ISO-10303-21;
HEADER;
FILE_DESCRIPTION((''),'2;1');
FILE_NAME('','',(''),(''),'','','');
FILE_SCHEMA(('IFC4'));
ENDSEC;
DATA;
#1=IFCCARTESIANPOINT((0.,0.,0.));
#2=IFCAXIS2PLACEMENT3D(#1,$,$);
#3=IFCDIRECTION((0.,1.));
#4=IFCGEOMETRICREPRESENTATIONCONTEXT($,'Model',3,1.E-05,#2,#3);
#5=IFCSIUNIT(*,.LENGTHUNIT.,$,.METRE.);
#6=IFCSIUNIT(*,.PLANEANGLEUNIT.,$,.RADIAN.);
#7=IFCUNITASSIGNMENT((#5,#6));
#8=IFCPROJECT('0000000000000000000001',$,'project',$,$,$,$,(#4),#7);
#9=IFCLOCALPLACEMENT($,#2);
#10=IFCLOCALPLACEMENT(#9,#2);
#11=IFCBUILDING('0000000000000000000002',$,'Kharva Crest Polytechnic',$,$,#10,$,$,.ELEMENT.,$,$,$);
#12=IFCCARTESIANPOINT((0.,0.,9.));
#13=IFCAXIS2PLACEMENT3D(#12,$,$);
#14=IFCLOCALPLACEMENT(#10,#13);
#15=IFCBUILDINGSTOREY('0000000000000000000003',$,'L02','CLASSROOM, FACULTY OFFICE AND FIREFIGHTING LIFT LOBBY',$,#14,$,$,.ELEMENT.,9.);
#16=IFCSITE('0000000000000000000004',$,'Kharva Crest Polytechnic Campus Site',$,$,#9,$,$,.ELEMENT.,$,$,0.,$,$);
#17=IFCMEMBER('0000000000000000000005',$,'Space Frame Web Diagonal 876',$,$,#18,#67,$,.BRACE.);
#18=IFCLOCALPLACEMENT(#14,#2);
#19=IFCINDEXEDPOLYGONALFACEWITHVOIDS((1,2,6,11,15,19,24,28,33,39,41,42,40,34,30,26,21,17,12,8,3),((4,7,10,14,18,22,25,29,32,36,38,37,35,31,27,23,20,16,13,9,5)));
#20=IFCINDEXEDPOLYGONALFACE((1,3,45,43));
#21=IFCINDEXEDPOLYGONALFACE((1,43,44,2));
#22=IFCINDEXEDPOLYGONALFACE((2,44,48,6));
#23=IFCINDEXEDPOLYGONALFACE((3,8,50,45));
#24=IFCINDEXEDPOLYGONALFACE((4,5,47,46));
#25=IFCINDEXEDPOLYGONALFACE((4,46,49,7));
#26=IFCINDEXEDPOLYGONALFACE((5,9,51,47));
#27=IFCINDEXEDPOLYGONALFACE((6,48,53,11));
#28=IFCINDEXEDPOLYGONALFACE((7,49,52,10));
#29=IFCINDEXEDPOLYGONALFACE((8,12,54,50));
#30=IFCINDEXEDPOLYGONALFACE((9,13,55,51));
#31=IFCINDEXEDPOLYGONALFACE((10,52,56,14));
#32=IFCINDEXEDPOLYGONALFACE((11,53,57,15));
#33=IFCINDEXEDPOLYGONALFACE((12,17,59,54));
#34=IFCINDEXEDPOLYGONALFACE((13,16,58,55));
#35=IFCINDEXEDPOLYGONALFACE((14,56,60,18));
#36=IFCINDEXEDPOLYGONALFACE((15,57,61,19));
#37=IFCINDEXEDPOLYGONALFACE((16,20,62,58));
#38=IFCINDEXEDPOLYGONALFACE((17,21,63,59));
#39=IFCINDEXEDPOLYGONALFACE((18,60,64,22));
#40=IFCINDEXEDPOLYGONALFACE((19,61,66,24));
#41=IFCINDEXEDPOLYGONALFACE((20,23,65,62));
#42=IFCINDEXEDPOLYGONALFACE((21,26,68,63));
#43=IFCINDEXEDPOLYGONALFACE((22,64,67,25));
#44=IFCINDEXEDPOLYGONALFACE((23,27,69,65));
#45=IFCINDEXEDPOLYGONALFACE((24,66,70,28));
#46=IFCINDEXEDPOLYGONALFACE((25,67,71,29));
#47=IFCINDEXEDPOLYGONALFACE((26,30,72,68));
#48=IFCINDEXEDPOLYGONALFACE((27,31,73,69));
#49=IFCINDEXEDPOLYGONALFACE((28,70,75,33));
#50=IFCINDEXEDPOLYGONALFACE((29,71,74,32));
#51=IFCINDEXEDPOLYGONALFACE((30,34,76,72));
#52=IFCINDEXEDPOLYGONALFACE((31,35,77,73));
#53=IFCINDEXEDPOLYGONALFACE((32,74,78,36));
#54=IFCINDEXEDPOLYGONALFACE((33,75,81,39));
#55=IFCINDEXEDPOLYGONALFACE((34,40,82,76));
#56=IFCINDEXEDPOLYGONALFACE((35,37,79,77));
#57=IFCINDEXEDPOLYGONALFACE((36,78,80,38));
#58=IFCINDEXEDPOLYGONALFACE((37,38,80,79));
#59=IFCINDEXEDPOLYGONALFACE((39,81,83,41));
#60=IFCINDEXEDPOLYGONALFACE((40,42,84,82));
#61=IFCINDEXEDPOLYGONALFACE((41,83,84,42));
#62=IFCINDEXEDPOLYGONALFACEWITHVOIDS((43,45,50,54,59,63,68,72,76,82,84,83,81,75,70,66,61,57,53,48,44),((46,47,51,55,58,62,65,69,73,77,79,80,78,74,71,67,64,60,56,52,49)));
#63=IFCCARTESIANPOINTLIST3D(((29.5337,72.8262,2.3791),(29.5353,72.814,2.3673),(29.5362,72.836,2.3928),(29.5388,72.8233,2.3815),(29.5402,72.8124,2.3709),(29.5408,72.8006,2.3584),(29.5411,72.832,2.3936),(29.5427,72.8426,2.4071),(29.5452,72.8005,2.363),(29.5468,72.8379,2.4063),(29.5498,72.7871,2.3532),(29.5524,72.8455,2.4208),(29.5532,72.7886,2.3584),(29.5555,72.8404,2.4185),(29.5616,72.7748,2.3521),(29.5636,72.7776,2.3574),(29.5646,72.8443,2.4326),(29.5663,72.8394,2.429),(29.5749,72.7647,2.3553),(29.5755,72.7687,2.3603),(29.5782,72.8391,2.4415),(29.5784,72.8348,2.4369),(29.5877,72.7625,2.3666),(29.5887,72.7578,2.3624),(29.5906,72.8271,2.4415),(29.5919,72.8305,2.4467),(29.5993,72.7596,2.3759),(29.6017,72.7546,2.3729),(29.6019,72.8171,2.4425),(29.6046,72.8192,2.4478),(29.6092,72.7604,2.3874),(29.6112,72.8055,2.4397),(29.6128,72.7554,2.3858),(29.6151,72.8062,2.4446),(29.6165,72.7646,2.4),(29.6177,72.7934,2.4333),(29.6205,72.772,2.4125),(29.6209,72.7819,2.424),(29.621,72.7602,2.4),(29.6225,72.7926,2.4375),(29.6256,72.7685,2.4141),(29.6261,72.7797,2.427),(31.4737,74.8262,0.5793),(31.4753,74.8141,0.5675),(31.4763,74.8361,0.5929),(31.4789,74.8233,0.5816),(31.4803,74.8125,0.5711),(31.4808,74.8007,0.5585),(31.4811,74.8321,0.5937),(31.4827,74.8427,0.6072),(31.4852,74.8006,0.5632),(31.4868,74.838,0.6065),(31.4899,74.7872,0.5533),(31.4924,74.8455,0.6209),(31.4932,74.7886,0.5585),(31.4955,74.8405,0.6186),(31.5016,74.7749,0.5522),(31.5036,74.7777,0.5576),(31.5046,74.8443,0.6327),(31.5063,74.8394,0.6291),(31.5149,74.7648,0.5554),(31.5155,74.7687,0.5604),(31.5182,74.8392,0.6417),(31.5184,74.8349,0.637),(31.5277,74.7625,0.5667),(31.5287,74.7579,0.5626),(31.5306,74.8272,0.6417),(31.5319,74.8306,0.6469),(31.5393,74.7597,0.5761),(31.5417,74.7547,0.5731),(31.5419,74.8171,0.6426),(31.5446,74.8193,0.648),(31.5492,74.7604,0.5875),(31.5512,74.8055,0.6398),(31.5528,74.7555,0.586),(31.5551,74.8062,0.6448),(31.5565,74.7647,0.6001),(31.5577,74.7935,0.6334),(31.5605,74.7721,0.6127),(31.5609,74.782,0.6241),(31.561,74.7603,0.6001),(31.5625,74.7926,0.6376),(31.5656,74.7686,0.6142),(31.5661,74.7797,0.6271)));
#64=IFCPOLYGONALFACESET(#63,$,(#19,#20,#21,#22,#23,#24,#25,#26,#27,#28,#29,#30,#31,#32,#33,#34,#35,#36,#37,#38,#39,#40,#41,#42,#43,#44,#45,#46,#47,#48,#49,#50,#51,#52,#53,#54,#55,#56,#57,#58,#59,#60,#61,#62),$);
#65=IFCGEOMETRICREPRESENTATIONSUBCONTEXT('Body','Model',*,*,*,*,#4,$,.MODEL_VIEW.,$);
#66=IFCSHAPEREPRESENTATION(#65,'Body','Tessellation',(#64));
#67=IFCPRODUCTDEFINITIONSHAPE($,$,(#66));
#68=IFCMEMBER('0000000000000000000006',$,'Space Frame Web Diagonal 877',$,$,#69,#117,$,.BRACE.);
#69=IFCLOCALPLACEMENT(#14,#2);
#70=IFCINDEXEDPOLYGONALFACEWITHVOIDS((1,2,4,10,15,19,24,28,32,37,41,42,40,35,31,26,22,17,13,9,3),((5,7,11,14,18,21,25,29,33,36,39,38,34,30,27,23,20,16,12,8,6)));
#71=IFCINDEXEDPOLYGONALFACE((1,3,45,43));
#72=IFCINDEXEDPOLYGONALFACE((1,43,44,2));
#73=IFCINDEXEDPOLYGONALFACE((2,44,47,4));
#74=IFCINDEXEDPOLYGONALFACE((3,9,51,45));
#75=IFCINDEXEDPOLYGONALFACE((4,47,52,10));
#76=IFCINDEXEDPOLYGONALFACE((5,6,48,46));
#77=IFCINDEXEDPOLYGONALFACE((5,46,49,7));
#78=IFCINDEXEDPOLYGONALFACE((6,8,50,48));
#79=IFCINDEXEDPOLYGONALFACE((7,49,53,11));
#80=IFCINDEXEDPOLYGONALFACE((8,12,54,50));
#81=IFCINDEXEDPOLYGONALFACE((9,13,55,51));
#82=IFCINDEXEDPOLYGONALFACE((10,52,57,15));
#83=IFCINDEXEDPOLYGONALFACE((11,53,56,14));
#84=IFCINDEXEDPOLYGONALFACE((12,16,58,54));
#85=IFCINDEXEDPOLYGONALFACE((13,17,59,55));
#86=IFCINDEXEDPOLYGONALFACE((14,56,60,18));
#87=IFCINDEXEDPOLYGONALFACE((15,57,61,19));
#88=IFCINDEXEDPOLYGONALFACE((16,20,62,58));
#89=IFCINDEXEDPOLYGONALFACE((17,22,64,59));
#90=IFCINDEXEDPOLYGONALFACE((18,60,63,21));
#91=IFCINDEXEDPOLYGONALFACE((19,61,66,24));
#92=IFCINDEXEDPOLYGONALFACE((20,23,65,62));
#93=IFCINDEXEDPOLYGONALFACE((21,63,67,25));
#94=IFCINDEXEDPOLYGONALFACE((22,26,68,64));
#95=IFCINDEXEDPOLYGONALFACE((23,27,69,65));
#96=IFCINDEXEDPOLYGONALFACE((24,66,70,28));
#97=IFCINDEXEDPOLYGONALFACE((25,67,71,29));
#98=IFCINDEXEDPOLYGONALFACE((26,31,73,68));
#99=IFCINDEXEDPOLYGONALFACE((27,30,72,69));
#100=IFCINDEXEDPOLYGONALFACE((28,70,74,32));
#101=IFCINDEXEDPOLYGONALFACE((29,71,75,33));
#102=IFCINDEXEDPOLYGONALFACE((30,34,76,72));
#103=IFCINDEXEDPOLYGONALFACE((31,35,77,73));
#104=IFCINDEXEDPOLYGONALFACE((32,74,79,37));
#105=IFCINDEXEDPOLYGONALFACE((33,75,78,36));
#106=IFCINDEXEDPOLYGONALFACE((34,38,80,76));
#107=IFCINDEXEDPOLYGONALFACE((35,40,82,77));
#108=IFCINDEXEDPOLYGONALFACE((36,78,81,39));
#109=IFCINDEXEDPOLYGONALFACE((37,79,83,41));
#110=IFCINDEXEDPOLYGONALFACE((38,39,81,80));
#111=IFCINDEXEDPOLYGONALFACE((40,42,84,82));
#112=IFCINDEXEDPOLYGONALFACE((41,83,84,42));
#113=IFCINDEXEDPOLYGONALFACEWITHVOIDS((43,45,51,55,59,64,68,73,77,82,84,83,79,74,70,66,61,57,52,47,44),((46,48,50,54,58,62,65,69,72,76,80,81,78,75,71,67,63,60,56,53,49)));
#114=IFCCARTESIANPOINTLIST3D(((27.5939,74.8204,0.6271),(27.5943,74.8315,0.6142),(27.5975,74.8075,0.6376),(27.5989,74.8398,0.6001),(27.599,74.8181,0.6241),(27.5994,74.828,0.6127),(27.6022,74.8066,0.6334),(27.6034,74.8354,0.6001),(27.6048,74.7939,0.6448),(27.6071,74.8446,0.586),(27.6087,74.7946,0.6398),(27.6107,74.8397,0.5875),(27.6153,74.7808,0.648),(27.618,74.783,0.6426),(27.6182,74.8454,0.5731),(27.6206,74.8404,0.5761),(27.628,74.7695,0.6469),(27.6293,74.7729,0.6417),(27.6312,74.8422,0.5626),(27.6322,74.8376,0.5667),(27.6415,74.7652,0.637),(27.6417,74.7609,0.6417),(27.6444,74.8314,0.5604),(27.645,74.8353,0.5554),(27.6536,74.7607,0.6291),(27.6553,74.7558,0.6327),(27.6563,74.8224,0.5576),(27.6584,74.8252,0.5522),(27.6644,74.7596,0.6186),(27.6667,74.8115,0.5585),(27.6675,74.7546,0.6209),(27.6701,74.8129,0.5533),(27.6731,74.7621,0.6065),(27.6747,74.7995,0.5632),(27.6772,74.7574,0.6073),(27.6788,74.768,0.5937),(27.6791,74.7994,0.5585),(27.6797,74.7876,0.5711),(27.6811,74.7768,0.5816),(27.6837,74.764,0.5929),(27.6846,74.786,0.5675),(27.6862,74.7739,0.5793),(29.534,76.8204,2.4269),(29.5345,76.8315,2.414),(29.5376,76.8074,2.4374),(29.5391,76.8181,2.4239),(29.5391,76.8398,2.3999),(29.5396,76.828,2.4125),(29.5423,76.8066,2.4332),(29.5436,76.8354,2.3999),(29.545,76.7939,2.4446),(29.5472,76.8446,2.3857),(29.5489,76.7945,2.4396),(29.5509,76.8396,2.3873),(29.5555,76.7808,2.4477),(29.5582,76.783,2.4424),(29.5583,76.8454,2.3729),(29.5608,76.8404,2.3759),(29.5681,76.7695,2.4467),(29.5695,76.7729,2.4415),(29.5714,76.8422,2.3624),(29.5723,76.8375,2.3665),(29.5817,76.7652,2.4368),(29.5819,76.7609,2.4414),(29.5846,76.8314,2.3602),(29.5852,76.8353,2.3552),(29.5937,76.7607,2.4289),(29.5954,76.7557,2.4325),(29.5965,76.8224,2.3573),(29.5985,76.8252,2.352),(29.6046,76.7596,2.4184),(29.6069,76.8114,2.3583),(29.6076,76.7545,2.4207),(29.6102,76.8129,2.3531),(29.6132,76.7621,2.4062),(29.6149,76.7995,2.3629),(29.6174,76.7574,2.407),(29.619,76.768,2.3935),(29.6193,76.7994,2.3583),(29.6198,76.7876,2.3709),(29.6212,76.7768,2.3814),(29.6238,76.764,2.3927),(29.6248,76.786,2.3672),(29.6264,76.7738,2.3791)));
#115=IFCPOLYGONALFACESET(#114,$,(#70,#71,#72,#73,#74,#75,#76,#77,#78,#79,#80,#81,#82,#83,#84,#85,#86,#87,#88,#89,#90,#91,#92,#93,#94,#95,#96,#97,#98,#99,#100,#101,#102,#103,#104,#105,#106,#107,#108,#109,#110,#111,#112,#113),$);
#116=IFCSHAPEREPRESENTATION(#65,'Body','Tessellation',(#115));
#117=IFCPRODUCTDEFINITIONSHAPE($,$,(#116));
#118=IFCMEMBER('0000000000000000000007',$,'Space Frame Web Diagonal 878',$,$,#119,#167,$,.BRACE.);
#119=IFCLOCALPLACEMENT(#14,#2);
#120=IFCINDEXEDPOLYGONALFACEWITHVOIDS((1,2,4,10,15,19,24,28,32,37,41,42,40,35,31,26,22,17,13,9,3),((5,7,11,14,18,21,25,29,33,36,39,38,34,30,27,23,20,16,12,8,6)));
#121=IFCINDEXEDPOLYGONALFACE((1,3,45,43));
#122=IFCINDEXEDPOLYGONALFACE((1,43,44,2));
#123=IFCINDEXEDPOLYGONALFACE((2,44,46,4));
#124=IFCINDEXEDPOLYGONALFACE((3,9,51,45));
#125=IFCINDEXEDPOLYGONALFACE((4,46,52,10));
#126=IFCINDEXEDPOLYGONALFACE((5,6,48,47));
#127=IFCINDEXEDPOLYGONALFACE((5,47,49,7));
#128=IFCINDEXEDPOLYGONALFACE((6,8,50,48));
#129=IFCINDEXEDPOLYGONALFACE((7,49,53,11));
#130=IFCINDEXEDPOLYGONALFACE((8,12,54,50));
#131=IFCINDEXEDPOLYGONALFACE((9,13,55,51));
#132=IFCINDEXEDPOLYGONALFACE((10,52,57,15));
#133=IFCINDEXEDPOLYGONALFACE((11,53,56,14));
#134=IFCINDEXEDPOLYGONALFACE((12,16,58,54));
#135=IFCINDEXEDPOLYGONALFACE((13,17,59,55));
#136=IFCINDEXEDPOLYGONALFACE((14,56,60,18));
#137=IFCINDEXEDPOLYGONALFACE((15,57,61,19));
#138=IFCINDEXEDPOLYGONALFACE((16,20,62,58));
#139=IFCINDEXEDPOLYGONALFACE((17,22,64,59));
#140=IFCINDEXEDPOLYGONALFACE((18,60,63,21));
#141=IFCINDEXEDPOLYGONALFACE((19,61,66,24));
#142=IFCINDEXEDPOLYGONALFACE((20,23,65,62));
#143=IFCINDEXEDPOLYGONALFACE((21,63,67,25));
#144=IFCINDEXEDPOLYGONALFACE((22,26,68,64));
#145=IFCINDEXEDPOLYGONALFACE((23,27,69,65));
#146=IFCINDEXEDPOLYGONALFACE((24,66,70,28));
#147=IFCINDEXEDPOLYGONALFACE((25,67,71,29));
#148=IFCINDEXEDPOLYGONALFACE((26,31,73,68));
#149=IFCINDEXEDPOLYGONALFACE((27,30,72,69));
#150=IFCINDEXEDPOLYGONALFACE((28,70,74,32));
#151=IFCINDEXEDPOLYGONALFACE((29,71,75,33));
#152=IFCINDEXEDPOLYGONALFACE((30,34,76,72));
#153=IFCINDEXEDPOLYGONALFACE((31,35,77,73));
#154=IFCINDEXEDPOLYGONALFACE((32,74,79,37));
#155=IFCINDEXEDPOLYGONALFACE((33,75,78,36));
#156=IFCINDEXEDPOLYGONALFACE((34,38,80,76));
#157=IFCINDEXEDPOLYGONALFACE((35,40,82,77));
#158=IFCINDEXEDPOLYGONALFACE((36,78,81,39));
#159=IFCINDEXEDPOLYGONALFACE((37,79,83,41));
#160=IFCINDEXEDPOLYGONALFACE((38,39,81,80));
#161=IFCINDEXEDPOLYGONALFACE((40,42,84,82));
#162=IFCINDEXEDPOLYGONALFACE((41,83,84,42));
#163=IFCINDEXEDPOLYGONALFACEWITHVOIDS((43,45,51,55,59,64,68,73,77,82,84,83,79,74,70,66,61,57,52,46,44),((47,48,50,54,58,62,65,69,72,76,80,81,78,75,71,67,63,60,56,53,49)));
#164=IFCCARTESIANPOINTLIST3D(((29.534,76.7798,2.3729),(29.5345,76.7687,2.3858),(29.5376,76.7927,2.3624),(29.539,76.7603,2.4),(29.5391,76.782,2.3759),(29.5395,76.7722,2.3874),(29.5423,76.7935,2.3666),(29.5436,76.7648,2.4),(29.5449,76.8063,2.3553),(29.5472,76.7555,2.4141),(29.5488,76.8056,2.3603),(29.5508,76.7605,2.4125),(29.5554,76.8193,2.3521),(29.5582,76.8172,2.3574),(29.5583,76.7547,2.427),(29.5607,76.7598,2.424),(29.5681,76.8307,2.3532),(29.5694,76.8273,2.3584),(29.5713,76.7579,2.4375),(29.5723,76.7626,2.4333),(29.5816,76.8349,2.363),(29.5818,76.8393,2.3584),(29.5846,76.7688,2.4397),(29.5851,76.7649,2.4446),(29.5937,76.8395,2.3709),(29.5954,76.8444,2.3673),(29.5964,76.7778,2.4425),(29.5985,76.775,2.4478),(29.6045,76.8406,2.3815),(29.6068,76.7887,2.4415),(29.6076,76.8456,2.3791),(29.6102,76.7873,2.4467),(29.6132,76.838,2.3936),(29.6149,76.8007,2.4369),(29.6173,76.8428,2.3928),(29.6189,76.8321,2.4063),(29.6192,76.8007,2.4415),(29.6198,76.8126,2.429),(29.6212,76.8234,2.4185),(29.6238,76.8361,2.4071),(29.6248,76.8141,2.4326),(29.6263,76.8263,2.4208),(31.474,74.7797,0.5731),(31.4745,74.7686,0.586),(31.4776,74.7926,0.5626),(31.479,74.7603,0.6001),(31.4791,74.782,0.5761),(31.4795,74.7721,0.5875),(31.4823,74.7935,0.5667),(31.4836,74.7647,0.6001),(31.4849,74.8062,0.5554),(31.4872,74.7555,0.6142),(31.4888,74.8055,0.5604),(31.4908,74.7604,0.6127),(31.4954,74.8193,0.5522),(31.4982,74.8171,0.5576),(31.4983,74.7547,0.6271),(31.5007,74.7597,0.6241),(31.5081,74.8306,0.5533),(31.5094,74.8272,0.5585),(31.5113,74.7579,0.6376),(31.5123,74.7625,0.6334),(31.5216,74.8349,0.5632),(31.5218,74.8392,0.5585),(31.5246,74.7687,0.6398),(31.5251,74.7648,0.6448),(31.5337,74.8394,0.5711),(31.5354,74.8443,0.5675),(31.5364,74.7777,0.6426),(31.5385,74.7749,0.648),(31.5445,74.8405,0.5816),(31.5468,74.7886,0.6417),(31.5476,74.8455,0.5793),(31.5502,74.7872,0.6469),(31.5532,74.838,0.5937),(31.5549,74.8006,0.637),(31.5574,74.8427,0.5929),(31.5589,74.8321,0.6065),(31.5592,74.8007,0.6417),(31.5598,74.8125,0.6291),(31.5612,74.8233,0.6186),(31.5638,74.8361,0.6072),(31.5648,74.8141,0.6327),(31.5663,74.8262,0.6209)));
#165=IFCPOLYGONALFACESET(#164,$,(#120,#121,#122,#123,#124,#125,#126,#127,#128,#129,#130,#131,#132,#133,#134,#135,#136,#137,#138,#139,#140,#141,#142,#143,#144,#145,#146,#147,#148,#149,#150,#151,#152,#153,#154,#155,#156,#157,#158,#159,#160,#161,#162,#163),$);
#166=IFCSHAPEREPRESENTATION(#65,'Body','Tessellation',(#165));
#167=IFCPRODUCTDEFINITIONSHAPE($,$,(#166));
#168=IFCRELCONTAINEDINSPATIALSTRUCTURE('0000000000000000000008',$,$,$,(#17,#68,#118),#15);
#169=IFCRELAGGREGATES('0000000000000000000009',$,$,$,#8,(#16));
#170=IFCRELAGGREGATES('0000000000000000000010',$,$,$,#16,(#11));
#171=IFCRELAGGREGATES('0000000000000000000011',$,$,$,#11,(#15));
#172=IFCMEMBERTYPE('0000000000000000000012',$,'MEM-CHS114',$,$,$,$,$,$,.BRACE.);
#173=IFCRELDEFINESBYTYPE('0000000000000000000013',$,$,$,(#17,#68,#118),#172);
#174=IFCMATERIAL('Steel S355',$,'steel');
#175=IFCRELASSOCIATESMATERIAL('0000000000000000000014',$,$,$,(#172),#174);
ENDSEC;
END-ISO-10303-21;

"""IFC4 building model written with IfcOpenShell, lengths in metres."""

from ifc_helpers import new_model, si_unit, direction, frame, origin, origin_2d, place, context, subcontext, project, spatial, hollow_circle, extrude, material, material_profile, profile_set, type_object, element, save


model = new_model("IFC4")

# Units and contexts
model_context = context("Model", 3, precision=1e-05, world=origin(), true_north=direction((0.0, 1.0)))
body_context = subcontext(model_context, "Body", "Model", "MODEL_VIEW")
ifc_project = project(units=[si_unit("LENGTHUNIT", "METRE"), si_unit("PLANEANGLEUNIT", "RADIAN")], contexts=[model_context])

# Site, building, storey
site_placement = place(None, origin())
site = spatial("IfcSite", under=ifc_project, at=site_placement, Name="Kharva Crest Polytechnic Campus Site", CompositionType="ELEMENT", RefElevation=0.0)
building_placement = place(site_placement, origin())
building = spatial("IfcBuilding", under=site, at=building_placement, Name="Kharva Crest Polytechnic", CompositionType="ELEMENT")
storey_placement = place(building_placement, frame((0.0, 0.0, 9.0)))
storey = spatial("IfcBuildingStorey", under=building, at=storey_placement, Name="L02", Description="CLASSROOM, FACULTY OFFICE AND FIREFIGHTING LIFT LOBBY", CompositionType="ELEMENT", Elevation=9.0)

# Shared definitions
ifc_material_1 = material(Name="Steel S355", Category="steel")

# Members
ifc_material_profile_1 = material_profile(ifc_material_1, hollow_circle(Radius=0.0571, WallThickness=0.0063, at=origin_2d()), Name="CHS 114.3X6.3")
ifc_profile_set_1 = profile_set([ifc_material_profile_1], Name="Steel S355")
member_type_1 = type_object("IfcMemberType", Name="MEM-CHS114", PredefinedType="BRACE", material=ifc_profile_set_1)
for number, where, z_axis, x_axis, name in (
    (1, (31.52, 74.8, 0.6001), (-0.584843, -0.60295, 0.542596), (0.717802, -0.696247, 0.0), "Space Frame Web Diagonal 876"),
    (2, (27.6399, 74.8, 0.6001), (0.584892, 0.602924, 0.542572), (-0.717758, 0.696292, 0.0), "Space Frame Web Diagonal 877"),
    (3, (31.52, 74.8, 0.6001), (-0.584843, 0.60295, 0.542596), (-0.717802, -0.696247, 0.0), "Space Frame Web Diagonal 878"),
):
    element("IfcMember", number, at=place(storey_placement, frame(where, z_axis=z_axis, x_axis=x_axis)), inside=storey, type_object=member_type_1, Name=name, PredefinedType="BRACE", context=body_context, shape_type="SweptSolid", body=[
        extrude(hollow_circle(Radius=0.0571, WallThickness=0.0063, at=origin_2d()), origin(), (0.0, 0.0, 1.0), 3.3171),
    ])

save(model, "model.ifc")
